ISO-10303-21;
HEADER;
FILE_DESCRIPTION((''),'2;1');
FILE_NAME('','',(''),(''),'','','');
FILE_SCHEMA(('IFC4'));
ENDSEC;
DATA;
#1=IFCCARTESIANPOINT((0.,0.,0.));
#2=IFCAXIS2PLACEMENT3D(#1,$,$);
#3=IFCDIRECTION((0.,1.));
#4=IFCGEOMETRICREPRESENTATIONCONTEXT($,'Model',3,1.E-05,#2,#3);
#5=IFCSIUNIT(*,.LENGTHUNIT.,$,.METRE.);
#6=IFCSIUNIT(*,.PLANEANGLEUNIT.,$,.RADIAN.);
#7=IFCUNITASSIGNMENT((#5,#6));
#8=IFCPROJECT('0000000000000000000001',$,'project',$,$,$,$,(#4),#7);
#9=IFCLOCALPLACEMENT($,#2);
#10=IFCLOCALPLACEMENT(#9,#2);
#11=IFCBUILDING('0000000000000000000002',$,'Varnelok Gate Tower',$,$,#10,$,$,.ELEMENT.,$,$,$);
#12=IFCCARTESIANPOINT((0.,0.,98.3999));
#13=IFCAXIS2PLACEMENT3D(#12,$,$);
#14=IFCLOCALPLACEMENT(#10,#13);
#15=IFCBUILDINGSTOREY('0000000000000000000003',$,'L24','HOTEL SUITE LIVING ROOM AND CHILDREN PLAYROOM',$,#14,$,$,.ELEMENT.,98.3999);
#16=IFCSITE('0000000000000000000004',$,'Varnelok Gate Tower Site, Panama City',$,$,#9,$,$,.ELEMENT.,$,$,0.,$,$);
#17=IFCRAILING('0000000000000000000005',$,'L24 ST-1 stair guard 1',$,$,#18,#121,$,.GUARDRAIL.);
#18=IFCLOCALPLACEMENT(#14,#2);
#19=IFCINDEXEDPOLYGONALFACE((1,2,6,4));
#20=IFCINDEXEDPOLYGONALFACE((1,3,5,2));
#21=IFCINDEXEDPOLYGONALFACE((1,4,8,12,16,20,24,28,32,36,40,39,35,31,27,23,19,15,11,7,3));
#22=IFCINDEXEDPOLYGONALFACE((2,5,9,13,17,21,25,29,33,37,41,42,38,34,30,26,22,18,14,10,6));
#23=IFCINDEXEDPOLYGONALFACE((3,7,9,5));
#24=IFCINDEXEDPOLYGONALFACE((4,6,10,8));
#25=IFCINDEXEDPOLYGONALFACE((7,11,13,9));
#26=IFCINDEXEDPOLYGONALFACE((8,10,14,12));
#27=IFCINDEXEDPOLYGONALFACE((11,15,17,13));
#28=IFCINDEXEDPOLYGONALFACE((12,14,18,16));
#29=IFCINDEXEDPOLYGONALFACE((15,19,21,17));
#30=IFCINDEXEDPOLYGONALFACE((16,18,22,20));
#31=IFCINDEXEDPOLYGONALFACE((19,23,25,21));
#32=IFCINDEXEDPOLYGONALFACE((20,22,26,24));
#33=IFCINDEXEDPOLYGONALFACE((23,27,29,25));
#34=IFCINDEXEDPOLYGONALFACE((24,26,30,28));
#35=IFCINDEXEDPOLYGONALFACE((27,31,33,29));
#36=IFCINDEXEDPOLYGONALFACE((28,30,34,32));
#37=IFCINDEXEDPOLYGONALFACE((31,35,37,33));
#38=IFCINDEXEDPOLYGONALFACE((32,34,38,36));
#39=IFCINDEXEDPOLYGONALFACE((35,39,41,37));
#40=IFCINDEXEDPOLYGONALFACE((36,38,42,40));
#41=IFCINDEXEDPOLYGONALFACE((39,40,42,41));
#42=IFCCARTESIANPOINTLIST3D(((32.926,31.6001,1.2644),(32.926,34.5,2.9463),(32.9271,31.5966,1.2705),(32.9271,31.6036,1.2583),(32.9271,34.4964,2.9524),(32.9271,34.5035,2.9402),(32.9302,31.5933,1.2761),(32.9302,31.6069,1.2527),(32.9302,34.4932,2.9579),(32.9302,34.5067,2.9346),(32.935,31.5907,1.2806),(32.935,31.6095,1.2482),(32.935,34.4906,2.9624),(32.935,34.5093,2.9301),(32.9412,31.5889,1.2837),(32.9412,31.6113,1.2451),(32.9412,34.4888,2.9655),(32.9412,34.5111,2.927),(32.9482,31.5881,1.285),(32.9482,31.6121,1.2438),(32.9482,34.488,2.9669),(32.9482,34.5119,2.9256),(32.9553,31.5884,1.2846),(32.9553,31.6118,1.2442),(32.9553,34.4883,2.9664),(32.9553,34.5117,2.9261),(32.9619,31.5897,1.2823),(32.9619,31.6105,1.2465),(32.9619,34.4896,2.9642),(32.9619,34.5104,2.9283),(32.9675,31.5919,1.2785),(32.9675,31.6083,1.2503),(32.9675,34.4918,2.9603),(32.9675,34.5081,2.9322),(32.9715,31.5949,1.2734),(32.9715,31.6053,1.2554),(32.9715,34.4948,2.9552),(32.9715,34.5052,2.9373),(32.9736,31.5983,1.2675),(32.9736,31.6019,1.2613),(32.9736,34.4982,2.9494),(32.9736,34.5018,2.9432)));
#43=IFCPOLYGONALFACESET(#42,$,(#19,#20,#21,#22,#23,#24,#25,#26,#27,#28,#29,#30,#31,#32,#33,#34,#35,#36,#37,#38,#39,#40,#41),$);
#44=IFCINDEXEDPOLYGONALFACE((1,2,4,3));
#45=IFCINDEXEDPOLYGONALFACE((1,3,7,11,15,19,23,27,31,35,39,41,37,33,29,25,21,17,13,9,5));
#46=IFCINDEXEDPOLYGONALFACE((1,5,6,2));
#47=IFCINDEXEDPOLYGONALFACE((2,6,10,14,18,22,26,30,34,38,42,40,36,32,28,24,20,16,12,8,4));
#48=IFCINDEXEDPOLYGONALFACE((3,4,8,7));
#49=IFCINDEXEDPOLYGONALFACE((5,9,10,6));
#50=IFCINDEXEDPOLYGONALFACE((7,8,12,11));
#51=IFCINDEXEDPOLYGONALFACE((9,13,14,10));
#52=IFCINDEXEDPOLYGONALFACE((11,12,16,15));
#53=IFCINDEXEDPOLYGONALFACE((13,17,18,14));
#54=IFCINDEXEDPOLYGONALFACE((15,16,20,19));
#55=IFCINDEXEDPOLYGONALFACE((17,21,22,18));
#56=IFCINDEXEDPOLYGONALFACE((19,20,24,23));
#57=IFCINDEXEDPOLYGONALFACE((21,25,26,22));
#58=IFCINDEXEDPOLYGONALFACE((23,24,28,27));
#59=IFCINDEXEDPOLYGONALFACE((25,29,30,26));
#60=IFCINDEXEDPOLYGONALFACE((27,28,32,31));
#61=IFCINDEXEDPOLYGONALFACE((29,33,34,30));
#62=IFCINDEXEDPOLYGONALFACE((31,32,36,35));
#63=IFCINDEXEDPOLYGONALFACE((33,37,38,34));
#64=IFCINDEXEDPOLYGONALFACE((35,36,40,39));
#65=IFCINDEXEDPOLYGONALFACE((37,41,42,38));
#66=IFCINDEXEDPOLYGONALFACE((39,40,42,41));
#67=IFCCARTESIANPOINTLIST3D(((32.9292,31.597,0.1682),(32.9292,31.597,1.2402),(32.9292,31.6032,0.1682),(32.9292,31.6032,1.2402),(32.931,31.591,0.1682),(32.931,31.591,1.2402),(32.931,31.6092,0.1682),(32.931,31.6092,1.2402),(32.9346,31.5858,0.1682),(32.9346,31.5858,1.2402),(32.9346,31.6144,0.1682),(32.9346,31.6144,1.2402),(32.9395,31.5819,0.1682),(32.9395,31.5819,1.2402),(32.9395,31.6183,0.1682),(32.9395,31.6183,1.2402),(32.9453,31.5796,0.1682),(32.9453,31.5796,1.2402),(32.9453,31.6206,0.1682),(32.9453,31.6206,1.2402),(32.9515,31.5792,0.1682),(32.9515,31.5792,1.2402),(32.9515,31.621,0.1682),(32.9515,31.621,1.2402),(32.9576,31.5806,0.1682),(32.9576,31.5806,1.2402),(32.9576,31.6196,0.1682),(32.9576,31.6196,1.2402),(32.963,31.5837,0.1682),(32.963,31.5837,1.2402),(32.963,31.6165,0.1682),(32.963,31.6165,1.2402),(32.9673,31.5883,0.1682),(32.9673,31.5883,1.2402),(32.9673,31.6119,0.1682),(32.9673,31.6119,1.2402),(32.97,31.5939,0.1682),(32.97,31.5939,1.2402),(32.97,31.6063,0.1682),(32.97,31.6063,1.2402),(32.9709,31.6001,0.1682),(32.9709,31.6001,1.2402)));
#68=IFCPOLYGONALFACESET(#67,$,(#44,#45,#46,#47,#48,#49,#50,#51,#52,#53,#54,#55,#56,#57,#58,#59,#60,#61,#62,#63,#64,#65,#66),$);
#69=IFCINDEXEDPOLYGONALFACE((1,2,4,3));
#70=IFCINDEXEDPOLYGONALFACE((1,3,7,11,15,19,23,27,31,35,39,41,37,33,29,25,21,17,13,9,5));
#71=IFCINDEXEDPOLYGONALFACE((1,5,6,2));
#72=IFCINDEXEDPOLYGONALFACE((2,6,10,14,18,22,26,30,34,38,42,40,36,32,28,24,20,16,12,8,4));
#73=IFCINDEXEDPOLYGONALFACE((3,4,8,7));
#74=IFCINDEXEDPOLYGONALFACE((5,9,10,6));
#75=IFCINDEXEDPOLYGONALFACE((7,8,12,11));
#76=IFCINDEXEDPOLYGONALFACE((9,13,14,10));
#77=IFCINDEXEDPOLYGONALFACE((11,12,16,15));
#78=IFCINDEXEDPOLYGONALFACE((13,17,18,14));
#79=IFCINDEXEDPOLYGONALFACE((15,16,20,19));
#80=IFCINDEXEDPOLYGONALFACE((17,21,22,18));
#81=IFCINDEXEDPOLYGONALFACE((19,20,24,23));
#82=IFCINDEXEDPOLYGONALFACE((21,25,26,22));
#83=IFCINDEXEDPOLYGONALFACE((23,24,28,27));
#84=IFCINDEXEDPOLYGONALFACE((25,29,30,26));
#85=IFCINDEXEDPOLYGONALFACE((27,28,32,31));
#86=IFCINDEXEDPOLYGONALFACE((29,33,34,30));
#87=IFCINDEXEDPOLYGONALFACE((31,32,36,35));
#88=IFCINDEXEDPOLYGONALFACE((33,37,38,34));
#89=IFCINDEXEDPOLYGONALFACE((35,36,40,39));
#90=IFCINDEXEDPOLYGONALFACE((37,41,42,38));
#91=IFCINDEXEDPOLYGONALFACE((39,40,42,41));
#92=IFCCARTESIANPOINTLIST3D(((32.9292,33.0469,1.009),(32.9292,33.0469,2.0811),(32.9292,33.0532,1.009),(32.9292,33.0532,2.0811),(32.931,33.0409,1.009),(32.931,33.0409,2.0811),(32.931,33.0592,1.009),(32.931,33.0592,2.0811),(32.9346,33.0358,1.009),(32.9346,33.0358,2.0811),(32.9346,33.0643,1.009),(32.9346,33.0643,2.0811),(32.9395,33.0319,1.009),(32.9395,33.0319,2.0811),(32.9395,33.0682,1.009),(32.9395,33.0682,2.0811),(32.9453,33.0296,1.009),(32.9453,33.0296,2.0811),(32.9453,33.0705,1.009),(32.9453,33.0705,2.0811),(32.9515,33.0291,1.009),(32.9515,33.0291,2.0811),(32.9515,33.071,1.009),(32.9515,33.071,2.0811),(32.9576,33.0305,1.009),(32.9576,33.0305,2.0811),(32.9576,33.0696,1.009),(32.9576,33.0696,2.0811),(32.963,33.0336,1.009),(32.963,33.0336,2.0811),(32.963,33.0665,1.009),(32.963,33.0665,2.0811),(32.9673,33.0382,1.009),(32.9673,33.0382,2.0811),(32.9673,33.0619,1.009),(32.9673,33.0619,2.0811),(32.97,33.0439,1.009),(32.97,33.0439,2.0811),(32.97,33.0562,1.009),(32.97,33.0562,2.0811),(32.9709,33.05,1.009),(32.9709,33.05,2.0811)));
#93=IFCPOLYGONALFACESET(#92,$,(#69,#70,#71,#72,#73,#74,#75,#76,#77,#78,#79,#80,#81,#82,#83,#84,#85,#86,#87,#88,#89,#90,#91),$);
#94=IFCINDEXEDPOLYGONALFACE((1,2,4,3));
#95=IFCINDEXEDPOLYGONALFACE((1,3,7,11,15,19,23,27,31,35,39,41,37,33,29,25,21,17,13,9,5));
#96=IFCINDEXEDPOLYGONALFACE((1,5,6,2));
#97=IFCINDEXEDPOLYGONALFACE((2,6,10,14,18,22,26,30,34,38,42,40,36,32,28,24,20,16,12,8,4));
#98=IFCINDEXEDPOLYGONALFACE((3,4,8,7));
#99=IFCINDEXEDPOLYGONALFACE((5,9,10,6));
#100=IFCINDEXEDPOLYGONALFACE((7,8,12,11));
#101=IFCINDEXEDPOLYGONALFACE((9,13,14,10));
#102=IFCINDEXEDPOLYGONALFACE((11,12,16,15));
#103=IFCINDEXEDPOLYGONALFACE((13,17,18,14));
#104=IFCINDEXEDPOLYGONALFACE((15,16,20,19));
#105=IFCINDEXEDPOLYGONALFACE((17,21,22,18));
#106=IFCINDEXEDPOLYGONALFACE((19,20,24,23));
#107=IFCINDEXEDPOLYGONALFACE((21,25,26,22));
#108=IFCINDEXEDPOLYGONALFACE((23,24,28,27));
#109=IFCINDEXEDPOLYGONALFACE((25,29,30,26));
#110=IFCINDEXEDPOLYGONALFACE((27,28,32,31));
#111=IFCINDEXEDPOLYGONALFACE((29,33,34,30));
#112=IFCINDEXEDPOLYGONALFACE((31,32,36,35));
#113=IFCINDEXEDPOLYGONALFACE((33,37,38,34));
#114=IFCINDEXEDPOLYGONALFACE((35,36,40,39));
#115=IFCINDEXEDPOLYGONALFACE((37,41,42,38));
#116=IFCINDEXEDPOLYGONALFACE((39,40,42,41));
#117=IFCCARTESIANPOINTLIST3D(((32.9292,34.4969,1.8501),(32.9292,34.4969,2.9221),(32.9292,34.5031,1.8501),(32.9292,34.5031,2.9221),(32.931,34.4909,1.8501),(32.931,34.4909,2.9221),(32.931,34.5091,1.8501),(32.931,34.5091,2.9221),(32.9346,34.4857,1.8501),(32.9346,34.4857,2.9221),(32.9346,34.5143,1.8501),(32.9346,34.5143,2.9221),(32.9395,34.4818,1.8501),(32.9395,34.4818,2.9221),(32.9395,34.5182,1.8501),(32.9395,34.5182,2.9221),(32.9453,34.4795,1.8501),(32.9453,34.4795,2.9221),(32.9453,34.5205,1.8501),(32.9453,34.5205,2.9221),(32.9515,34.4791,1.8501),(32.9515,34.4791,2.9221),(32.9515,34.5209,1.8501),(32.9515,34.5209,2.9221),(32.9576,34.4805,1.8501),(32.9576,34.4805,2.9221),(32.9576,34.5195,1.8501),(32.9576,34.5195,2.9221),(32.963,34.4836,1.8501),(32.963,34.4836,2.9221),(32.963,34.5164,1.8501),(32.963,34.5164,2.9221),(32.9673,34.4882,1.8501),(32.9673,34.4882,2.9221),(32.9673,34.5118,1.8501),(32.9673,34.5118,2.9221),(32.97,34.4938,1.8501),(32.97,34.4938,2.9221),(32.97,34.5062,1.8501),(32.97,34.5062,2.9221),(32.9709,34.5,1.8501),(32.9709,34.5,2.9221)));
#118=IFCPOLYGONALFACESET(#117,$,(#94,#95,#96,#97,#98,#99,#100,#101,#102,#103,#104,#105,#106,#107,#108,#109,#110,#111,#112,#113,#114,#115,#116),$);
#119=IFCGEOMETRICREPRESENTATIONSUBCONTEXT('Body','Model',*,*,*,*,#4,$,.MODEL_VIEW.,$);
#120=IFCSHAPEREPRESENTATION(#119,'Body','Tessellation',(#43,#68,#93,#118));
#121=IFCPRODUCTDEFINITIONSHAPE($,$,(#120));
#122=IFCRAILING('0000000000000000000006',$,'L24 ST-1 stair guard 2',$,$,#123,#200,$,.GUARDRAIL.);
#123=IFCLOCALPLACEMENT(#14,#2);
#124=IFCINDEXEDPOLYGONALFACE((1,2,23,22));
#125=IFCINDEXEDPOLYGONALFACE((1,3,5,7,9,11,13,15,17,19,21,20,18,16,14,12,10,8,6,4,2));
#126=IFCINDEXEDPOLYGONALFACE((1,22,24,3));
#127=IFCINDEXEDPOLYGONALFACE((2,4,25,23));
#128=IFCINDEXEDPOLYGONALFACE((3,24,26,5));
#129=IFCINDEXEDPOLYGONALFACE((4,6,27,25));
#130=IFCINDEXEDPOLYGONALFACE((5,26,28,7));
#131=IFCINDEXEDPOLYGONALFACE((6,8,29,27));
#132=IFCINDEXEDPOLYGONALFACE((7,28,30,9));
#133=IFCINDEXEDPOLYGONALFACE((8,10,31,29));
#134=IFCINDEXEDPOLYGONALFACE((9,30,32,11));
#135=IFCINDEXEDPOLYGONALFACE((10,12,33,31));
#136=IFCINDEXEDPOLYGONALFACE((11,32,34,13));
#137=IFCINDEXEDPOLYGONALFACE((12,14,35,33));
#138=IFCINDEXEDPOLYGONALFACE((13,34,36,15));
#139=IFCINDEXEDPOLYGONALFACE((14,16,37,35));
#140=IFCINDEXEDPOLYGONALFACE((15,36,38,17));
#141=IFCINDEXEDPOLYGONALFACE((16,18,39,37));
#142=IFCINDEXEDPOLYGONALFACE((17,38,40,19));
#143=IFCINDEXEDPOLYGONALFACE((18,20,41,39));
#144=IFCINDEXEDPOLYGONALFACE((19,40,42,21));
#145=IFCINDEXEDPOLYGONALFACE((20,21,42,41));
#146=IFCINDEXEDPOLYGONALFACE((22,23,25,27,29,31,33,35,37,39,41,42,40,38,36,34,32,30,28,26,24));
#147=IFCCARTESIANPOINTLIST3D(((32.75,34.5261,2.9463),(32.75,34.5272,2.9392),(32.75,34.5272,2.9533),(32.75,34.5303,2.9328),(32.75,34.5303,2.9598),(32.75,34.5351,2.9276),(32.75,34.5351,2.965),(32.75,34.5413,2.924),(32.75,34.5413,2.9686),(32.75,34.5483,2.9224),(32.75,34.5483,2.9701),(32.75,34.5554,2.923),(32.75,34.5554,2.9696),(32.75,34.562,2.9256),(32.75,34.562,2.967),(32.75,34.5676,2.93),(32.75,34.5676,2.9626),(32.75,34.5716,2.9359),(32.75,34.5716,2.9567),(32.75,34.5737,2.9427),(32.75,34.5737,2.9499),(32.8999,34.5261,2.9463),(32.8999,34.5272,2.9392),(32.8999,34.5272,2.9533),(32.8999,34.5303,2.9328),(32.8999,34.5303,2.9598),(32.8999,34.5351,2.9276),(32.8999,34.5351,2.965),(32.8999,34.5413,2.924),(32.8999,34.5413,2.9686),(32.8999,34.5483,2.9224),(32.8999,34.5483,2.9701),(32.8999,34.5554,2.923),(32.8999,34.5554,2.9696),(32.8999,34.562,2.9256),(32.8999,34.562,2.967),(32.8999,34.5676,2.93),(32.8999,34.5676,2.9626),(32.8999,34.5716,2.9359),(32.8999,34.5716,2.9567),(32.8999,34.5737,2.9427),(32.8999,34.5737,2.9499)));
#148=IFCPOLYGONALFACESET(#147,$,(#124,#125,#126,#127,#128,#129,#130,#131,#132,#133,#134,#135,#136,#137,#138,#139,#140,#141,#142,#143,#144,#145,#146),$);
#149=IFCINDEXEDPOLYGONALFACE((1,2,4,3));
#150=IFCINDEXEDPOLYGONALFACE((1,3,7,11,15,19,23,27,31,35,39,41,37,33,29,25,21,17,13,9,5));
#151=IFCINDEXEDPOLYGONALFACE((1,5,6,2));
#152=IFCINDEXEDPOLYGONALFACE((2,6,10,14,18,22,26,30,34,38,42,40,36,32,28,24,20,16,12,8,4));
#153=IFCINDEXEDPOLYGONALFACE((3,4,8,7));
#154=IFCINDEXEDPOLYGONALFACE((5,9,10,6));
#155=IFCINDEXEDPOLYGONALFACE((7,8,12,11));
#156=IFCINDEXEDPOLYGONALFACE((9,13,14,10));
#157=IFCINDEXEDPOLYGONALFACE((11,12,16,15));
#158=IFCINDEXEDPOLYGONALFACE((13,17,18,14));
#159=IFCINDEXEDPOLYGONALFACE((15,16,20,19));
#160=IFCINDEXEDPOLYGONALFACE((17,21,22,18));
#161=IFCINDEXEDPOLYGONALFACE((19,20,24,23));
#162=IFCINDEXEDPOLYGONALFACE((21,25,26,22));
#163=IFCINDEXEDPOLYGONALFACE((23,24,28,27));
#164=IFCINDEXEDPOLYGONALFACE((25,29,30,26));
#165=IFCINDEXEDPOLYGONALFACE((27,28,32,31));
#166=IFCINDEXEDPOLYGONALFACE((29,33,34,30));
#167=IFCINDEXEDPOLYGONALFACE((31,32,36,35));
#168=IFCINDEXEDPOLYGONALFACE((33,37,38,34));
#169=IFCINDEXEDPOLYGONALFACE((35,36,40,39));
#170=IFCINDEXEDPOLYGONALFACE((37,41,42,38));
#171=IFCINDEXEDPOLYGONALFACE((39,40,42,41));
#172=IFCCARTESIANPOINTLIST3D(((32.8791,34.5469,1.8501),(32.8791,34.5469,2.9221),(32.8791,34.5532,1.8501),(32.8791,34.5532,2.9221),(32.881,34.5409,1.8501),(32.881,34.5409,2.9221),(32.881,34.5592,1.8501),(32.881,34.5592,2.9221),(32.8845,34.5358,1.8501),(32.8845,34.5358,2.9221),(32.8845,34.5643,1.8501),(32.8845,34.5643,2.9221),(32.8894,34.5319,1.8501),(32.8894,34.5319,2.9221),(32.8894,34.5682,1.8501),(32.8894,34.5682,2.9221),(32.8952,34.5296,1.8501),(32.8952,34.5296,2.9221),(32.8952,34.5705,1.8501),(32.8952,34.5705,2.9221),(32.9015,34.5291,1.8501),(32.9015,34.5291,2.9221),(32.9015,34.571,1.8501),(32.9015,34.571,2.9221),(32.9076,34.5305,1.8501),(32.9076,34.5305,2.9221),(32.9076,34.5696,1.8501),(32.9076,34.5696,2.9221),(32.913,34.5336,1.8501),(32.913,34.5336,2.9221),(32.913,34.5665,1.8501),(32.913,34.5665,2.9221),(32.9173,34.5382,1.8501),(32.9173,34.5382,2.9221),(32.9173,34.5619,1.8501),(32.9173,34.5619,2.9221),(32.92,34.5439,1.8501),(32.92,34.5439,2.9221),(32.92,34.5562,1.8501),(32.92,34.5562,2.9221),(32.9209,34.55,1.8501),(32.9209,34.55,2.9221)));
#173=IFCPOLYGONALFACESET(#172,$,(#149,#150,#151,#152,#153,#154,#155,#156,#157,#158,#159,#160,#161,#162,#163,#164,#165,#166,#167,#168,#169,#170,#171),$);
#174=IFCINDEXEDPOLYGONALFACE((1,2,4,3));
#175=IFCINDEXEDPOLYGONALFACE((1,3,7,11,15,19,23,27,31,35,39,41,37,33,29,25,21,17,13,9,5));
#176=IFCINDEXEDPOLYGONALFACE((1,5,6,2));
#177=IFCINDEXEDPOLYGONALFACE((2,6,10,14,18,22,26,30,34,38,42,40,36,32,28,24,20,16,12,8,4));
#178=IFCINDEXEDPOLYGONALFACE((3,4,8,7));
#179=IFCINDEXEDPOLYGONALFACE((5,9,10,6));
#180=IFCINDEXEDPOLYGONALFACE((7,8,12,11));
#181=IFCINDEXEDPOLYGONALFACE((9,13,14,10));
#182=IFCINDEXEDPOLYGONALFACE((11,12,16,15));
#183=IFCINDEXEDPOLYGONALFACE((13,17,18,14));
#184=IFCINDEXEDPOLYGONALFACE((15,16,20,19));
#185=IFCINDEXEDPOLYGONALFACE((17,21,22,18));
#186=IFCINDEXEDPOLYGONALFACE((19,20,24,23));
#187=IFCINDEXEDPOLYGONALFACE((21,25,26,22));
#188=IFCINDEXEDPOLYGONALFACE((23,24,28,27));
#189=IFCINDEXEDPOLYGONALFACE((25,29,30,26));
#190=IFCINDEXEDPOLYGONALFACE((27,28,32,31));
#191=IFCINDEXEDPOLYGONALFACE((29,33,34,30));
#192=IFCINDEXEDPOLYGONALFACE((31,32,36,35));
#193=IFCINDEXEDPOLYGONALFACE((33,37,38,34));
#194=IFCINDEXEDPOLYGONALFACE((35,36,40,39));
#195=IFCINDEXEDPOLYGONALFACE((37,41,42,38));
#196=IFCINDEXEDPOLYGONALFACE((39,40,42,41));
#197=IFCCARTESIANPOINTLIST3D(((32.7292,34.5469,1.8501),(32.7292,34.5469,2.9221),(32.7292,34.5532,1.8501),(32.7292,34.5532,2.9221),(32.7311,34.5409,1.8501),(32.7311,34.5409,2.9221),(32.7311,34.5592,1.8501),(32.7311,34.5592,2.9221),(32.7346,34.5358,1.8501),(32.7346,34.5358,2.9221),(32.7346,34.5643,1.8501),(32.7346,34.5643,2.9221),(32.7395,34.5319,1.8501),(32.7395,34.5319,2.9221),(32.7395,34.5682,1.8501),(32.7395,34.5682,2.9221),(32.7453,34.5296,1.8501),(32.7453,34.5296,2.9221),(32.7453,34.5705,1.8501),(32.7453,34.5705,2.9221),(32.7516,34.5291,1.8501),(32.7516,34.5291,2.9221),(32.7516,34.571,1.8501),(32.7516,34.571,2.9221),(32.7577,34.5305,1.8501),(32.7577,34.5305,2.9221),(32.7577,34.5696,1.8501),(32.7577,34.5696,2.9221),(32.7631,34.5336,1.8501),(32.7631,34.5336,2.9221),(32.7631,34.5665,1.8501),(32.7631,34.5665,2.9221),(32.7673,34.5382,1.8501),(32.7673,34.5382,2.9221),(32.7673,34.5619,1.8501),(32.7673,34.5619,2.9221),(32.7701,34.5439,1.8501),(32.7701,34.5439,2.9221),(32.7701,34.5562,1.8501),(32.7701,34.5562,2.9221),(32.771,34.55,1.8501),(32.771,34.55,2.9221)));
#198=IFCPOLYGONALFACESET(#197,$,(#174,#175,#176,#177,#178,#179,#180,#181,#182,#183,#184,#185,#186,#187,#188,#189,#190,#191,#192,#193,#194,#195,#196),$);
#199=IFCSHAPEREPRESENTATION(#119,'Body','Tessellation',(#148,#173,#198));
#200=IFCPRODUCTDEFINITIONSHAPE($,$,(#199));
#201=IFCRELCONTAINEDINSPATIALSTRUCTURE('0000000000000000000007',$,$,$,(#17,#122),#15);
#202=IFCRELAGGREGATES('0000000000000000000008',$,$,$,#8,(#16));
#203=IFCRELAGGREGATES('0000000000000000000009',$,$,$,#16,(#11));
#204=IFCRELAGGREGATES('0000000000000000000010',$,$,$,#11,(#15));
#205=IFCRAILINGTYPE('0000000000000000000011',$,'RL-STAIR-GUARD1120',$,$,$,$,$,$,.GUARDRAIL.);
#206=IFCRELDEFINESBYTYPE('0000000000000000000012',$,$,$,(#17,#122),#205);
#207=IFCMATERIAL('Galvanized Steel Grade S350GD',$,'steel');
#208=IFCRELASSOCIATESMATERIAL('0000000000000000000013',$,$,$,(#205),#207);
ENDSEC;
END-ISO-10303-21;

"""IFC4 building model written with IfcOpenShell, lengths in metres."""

from ifc_helpers import new_model, si_unit, direction, frame, origin, origin_2d, place, context, subcontext, project, spatial, circle, extrude, material, type_object, element, save


model = new_model("IFC4")

# Units and contexts
model_context = context("Model", 3, precision=1e-05, world=origin(), true_north=direction((0.0, 1.0)))
body_context = subcontext(model_context, "Body", "Model", "MODEL_VIEW")
ifc_project = project(units=[si_unit("LENGTHUNIT", "METRE"), si_unit("PLANEANGLEUNIT", "RADIAN")], contexts=[model_context])

# Site, building, storey
site_placement = place(None, origin())
site = spatial("IfcSite", under=ifc_project, at=site_placement, Name="Varnelok Gate Tower Site, Panama City", CompositionType="ELEMENT", RefElevation=0.0)
building_placement = place(site_placement, origin())
building = spatial("IfcBuilding", under=site, at=building_placement, Name="Varnelok Gate Tower", CompositionType="ELEMENT")
storey_placement = place(building_placement, frame((0.0, 0.0, 98.3999)))
storey = spatial("IfcBuildingStorey", under=building, at=storey_placement, Name="L24", Description="HOTEL SUITE LIVING ROOM AND CHILDREN PLAYROOM", CompositionType="ELEMENT", Elevation=98.3999)

# Shared definitions
ifc_material_1 = material(Name="Galvanized Steel Grade S350GD", Category="steel")

# Railings
railing_type_1 = type_object("IfcRailingType", Name="RL-STAIR-GUARD1120", PredefinedType="GUARDRAIL", material=ifc_material_1)
railing_1_placement = place(storey_placement, frame((32.95, 31.6001, 0.1682)))
element("IfcRailing", 1, at=railing_1_placement, inside=storey, type_object=railing_type_1, Name="L24 ST-1 stair guard 1", PredefinedType="GUARDRAIL", context=body_context, shape_type="SweptSolid", body=[
    extrude(circle(Radius=0.0239, at=origin_2d()), frame((0.0, 0.0, 1.0962), z_axis=(0.0, 0.865039, 0.501705), x_axis=(-1.0, 0.0, 0.0)), (0.0, 0.0, 1.0), 3.3523),
    extrude(circle(Radius=0.021, at=origin_2d()), origin(), (0.0, 0.0, 1.0), 1.072),
    extrude(circle(Radius=0.021, at=origin_2d()), frame((0.0, 1.45, 0.8408)), (0.0, 0.0, 1.0), 1.072),
    extrude(circle(Radius=0.021, at=origin_2d()), frame((0.0, 2.8999, 1.6819)), (0.0, 0.0, 1.0), 1.072),
])
railing_2_placement = place(storey_placement, frame((32.8999, 34.55, 1.8501)))
element("IfcRailing", 2, at=railing_2_placement, inside=storey, type_object=railing_type_1, Name="L24 ST-1 stair guard 2", PredefinedType="GUARDRAIL", context=body_context, shape_type="SweptSolid", body=[
    extrude(circle(Radius=0.0239, at=origin_2d()), frame((0.0, 0.0, 1.0962), z_axis=(-1.0, 0.0, 0.0), x_axis=(0.0, -1.0, 0.0)), (0.0, 0.0, 1.0), 0.1499),
    extrude(circle(Radius=0.021, at=origin_2d()), origin(), (0.0, 0.0, 1.0), 1.072),
    extrude(circle(Radius=0.021, at=origin_2d()), frame((-0.1499, 0.0, 0.0)), (0.0, 0.0, 1.0), 1.072),
])

save(model, "model.ifc")
